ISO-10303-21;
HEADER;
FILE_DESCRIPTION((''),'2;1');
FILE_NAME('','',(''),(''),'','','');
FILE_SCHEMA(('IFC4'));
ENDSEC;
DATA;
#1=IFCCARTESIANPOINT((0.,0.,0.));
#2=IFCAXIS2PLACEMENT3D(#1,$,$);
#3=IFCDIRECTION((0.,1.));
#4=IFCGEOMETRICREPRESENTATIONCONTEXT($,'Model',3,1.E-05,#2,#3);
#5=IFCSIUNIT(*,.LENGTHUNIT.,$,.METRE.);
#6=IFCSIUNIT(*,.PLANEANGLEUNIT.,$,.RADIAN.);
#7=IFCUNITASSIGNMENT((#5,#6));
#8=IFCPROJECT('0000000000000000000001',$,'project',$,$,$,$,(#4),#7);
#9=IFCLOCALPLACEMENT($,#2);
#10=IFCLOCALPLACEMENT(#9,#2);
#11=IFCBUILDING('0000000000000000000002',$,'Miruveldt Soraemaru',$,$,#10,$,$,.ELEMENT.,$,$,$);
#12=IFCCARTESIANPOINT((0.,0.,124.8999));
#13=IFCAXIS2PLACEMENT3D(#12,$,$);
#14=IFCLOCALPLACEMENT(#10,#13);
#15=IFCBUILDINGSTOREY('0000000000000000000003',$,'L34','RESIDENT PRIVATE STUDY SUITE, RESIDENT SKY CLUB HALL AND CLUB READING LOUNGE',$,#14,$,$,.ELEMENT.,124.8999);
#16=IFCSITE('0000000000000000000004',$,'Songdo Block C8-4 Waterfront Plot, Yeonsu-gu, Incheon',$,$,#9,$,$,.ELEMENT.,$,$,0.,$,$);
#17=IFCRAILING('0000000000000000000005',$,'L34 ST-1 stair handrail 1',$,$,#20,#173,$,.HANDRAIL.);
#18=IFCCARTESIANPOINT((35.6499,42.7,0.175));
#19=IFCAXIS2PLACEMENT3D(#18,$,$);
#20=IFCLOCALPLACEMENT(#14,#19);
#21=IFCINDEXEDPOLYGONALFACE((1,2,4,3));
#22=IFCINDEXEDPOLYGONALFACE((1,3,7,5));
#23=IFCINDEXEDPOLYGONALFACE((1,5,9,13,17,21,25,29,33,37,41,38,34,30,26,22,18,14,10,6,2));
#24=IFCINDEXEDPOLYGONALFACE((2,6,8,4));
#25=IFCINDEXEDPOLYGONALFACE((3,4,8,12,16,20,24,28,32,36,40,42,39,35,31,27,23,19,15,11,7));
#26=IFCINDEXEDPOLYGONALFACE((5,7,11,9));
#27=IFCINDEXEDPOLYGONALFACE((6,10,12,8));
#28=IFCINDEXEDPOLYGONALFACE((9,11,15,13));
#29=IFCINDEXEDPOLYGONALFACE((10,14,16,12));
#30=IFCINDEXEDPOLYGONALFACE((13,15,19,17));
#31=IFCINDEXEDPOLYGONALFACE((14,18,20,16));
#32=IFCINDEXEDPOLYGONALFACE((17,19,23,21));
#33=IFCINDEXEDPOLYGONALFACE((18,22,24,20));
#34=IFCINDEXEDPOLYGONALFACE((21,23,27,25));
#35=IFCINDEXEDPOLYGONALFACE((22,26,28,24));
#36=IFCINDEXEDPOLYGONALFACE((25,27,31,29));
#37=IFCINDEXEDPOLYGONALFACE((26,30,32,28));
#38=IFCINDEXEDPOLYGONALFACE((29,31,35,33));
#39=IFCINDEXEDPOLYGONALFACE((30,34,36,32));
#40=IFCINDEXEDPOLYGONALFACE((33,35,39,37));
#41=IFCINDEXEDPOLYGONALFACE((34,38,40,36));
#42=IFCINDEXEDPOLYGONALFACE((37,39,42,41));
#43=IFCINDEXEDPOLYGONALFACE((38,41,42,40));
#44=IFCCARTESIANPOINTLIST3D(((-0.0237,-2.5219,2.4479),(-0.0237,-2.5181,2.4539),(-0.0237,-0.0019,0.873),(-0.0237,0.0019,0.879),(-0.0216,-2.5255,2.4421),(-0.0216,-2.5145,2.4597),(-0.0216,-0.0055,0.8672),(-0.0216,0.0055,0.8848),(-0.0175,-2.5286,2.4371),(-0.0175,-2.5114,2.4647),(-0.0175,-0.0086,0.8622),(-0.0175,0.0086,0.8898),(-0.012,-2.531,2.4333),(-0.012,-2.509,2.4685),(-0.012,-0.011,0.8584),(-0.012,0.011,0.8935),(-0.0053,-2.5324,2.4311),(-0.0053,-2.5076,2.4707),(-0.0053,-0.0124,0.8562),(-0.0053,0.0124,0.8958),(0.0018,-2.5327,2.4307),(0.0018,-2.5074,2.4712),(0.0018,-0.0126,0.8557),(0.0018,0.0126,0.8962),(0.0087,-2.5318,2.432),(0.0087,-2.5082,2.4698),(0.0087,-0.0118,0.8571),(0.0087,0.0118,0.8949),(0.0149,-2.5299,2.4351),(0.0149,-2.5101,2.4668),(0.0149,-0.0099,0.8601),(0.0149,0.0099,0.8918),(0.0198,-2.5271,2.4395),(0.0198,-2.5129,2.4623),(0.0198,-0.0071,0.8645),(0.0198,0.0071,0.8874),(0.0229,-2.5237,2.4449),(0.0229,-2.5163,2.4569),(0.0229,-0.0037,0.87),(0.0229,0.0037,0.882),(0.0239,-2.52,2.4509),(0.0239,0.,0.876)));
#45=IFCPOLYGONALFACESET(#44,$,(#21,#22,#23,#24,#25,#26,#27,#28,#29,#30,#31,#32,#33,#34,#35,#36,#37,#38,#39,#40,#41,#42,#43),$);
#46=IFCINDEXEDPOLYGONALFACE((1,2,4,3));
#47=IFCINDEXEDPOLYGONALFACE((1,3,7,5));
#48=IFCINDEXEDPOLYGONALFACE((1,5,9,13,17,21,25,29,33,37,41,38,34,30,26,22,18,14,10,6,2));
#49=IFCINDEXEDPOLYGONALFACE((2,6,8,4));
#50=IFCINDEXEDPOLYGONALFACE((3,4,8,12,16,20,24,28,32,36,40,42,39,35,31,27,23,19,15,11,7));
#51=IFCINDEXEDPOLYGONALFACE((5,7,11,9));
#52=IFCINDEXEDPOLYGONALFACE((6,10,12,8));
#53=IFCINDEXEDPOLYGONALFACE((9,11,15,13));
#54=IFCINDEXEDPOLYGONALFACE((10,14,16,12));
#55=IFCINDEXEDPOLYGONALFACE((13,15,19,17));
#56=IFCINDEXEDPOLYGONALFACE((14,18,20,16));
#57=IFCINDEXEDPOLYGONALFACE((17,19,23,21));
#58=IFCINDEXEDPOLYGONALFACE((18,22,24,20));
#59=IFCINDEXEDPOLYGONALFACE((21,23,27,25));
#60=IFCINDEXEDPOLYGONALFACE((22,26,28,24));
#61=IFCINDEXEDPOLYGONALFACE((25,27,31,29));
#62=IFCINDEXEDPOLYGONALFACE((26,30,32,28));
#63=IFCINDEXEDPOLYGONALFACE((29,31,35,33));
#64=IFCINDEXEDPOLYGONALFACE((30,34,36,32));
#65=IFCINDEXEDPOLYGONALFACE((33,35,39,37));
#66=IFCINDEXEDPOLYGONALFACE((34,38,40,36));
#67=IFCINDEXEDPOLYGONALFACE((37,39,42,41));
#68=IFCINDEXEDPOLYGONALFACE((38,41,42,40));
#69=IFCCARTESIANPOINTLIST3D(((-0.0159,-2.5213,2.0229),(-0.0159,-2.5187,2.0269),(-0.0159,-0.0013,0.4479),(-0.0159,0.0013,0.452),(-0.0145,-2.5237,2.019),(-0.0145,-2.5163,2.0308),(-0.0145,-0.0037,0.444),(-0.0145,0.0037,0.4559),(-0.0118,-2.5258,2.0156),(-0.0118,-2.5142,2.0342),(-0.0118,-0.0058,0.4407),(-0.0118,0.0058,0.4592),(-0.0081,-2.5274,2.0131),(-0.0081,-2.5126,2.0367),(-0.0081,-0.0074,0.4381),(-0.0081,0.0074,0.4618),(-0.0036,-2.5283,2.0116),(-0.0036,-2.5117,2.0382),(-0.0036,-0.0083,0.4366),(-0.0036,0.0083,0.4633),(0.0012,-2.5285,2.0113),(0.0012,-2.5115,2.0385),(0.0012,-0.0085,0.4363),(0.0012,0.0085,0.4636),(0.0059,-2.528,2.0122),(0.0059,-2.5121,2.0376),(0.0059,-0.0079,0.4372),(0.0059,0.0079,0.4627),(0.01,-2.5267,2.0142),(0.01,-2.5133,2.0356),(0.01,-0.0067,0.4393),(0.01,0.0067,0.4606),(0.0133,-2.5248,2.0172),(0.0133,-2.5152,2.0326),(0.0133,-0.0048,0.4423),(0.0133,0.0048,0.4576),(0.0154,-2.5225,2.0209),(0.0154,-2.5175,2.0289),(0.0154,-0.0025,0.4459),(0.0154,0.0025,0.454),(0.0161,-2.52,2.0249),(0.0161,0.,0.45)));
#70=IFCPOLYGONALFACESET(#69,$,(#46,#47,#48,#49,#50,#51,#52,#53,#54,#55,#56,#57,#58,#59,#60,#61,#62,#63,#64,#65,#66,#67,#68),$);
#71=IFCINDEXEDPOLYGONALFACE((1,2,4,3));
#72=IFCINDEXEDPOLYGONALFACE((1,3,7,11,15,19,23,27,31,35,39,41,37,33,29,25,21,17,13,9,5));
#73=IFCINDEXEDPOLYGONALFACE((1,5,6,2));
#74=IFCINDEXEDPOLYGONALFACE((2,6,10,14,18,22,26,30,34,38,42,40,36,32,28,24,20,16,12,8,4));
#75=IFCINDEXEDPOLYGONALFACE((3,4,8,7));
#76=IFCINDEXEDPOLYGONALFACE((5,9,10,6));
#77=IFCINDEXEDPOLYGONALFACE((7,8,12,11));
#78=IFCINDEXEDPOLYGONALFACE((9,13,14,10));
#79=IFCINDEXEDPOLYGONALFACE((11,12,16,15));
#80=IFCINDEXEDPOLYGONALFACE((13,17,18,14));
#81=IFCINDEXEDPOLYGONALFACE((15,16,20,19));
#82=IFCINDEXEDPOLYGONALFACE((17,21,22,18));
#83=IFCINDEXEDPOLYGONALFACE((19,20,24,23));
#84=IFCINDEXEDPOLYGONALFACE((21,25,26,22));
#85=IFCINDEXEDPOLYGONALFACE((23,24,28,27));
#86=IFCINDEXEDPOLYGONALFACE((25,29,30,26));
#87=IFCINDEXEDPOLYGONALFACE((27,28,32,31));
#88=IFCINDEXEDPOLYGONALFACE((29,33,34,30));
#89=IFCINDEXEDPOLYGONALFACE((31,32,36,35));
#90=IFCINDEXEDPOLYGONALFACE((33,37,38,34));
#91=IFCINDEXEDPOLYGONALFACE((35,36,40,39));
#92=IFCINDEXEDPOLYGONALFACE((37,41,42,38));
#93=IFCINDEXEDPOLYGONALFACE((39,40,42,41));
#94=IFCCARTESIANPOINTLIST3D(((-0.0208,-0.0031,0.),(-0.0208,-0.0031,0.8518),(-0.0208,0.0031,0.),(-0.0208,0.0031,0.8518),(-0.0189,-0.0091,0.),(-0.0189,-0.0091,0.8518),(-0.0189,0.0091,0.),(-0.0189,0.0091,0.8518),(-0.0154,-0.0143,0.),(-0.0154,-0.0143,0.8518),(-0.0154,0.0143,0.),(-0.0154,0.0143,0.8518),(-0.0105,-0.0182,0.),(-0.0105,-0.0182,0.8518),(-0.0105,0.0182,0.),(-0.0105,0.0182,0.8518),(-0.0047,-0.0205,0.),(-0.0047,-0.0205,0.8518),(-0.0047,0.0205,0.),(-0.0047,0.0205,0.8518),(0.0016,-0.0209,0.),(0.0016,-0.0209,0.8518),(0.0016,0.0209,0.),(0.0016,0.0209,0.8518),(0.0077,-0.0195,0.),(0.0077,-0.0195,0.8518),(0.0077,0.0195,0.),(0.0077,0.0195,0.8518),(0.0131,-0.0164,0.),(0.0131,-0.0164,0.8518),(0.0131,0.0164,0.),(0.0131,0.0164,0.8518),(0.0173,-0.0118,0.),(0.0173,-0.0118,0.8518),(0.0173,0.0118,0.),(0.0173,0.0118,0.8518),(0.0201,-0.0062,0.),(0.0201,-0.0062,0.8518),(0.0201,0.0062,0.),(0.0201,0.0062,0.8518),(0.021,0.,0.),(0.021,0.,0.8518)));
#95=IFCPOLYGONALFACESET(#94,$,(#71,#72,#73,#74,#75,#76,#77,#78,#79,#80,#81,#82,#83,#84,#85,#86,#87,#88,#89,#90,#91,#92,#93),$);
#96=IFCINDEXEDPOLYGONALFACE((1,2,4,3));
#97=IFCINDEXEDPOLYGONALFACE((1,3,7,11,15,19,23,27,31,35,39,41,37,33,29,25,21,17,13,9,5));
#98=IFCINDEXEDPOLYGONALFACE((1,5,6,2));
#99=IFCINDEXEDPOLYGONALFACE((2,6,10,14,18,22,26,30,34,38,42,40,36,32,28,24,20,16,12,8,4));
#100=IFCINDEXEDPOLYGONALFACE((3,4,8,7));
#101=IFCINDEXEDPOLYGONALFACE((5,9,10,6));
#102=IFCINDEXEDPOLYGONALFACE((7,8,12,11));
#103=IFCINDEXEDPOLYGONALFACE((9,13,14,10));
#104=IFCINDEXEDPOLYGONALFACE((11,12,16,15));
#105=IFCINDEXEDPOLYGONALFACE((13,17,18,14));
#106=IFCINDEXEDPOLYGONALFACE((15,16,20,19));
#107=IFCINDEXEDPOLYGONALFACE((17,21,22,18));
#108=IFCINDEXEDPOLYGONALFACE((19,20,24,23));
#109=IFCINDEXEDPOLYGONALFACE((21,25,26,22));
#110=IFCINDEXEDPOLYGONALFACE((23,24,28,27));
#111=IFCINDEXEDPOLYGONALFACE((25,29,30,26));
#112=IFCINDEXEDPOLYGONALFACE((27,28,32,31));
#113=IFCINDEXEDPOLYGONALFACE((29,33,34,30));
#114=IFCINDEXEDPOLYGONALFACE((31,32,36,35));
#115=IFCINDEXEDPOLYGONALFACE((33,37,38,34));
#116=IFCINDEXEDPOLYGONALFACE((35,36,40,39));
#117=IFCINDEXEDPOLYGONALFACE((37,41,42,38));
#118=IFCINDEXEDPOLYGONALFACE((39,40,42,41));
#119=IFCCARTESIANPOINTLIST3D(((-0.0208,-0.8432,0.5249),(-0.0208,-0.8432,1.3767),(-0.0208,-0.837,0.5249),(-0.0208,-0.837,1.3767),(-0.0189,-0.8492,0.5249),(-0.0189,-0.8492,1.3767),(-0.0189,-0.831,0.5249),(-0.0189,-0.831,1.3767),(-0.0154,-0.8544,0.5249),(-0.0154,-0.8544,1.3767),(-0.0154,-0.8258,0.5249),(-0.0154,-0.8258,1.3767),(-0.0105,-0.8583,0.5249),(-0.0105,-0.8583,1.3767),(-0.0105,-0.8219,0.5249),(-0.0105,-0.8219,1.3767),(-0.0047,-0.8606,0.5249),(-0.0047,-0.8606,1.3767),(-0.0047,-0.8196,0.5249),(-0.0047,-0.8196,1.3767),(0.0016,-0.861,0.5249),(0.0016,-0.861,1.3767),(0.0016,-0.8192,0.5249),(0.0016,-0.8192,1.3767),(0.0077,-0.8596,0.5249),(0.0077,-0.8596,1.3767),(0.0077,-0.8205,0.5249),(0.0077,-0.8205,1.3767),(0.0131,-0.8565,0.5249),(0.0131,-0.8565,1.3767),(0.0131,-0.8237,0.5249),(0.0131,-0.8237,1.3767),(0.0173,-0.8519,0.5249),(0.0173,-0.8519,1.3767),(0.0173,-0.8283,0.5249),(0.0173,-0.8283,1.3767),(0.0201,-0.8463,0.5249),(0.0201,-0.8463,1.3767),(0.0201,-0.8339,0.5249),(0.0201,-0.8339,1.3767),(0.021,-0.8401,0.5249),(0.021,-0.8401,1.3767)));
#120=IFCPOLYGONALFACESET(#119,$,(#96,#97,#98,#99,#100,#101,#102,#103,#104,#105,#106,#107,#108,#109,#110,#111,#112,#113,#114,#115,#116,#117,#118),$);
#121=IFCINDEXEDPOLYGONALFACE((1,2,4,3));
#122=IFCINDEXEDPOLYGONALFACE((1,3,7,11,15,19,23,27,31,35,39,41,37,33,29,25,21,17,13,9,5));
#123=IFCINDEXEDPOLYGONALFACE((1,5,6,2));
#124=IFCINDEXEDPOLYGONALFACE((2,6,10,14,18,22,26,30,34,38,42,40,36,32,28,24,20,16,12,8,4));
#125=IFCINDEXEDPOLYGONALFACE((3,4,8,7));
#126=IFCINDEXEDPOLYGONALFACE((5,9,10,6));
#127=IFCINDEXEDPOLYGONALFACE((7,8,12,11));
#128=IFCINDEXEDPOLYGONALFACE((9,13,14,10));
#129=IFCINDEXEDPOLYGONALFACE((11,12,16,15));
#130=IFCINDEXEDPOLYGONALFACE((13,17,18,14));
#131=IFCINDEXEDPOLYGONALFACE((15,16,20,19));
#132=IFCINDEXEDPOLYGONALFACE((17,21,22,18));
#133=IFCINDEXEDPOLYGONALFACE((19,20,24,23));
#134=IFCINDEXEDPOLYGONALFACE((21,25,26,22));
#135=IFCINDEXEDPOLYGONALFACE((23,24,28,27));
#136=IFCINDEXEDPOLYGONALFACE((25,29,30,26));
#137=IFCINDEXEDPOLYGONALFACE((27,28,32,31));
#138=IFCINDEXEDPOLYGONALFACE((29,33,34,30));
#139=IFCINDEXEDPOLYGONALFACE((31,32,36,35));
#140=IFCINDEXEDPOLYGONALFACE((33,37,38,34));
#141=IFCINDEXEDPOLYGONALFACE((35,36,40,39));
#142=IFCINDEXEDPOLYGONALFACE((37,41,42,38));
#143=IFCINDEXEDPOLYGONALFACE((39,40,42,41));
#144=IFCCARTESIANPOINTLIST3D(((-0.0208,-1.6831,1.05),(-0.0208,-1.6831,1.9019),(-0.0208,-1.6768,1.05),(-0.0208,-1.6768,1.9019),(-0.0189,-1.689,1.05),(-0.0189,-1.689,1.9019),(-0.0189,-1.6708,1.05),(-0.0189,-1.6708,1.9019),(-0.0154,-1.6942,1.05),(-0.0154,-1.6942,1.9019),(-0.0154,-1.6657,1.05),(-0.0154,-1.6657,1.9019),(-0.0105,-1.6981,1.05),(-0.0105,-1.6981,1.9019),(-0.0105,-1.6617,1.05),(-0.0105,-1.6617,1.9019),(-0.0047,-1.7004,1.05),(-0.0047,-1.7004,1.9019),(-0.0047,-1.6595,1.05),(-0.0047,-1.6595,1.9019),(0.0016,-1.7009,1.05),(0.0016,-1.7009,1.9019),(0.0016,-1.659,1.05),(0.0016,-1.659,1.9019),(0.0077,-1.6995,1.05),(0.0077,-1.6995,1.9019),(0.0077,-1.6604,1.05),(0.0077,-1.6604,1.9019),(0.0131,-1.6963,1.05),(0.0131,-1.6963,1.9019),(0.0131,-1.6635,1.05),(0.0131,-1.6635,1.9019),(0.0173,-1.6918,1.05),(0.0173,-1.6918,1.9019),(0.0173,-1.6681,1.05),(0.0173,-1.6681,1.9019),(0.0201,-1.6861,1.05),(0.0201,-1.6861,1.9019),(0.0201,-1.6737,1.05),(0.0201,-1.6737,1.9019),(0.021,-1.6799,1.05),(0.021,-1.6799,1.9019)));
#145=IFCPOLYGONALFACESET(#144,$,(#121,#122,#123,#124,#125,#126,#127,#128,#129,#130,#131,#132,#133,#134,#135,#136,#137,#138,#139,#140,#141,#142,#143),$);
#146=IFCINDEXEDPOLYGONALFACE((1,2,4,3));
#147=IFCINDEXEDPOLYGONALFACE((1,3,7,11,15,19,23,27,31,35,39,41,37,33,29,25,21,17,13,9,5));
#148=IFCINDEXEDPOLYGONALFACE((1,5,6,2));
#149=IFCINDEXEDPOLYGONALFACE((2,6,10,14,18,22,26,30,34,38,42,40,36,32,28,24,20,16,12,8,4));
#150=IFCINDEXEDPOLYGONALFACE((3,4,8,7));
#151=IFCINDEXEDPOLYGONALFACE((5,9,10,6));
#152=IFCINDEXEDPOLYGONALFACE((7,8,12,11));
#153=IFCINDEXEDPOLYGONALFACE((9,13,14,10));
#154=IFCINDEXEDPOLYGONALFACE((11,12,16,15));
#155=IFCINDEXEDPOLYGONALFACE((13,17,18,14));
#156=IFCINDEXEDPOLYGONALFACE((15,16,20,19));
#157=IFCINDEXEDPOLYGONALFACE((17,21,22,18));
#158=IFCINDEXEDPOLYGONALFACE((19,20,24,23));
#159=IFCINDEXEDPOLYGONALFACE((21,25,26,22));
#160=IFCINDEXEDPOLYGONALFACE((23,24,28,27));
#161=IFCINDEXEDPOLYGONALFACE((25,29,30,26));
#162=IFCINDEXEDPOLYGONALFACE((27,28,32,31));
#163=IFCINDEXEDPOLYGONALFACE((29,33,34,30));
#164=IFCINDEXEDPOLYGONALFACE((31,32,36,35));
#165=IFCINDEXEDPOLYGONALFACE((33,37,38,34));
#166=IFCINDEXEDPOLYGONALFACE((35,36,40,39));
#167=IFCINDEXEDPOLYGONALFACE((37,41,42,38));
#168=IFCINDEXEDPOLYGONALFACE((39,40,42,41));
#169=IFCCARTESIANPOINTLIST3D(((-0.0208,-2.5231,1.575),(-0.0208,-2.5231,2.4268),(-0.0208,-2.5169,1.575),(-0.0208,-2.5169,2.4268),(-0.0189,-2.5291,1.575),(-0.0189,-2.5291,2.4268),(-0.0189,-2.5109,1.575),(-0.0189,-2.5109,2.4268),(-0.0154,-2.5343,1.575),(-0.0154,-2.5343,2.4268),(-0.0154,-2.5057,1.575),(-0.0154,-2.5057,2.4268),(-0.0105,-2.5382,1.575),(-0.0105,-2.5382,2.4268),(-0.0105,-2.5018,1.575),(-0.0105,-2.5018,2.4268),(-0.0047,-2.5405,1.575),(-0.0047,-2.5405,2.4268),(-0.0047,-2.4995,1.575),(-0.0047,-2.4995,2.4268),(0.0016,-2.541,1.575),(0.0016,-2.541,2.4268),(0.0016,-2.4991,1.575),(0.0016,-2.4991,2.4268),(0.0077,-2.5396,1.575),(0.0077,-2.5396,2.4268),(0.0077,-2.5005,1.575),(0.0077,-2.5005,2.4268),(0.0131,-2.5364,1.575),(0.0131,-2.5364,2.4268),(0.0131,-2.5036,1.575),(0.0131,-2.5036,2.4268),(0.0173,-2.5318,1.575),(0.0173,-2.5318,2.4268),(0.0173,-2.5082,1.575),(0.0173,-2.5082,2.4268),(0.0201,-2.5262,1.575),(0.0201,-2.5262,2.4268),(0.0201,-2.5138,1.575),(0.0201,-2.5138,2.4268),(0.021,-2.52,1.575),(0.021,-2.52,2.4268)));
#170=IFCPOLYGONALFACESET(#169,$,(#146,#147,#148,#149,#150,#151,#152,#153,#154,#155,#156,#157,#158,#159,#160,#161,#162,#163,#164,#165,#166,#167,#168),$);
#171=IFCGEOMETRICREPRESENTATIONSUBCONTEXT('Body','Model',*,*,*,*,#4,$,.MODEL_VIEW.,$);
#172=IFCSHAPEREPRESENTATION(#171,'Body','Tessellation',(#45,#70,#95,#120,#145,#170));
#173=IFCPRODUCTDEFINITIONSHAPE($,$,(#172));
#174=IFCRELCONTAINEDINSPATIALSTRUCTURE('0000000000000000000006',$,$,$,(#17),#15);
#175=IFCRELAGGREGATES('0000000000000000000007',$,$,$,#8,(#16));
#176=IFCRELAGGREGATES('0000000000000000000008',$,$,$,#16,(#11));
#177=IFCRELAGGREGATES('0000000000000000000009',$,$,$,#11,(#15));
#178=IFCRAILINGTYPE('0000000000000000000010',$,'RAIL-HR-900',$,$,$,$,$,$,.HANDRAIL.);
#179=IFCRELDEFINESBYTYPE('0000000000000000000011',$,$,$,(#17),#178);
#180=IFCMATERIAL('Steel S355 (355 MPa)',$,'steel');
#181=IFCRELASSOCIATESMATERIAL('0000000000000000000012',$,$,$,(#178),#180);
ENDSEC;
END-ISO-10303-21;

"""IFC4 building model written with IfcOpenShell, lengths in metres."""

from ifc_helpers import new_model, si_unit, direction, frame, origin, origin_2d, place, context, subcontext, project, spatial, circle, extrude, material, type_object, element, save


model = new_model("IFC4")

# Units and contexts
model_context = context("Model", 3, precision=1e-05, world=origin(), true_north=direction((0.0, 1.0)))
body_context = subcontext(model_context, "Body", "Model", "MODEL_VIEW")
ifc_project = project(units=[si_unit("LENGTHUNIT", "METRE"), si_unit("PLANEANGLEUNIT", "RADIAN")], contexts=[model_context])

# Site, building, storey
site_placement = place(None, origin())
site = spatial("IfcSite", under=ifc_project, at=site_placement, Name="Songdo Block C8-4 Waterfront Plot, Yeonsu-gu, Incheon", CompositionType="ELEMENT", RefElevation=0.0)
building_placement = place(site_placement, origin())
building = spatial("IfcBuilding", under=site, at=building_placement, Name="Miruveldt Soraemaru", CompositionType="ELEMENT")
storey_placement = place(building_placement, frame((0.0, 0.0, 124.8999)))
storey = spatial("IfcBuildingStorey", under=building, at=storey_placement, Name="L34", Description="RESIDENT PRIVATE STUDY SUITE, RESIDENT SKY CLUB HALL AND CLUB READING LOUNGE", CompositionType="ELEMENT", Elevation=124.8999)

# Railing
ifc_material_1 = material(Name="Steel S355 (355 MPa)", Category="steel")
railing_type_1 = type_object("IfcRailingType", Name="RAIL-HR-900", PredefinedType="HANDRAIL", material=ifc_material_1)
railing_1_placement = place(storey_placement, frame((35.6499, 42.7, 0.175)))
element("IfcRailing", 1, at=railing_1_placement, inside=storey, type_object=railing_type_1, Name="L34 ST-1 stair handrail 1", PredefinedType="HANDRAIL", context=body_context, shape_type="SweptSolid", body=[
    extrude(circle(Radius=0.0239, at=origin_2d()), frame((0.0, 0.0, 0.876), z_axis=(0.0, -0.848008, 0.529984), x_axis=(1.0, 0.0, 0.0)), (0.0, 0.0, 1.0), 2.9717),
    extrude(circle(Radius=0.0161, at=origin_2d()), frame((0.0, 0.0, 0.45), z_axis=(0.0, -0.848008, 0.529984), x_axis=(1.0, 0.0, 0.0)), (0.0, 0.0, 1.0), 2.9717),
    extrude(circle(Radius=0.021, at=origin_2d()), origin(), (0.0, 0.0, 1.0), 0.8518),
    extrude(circle(Radius=0.021, at=origin_2d()), frame((0.0, -0.8401, 0.5249)), (0.0, 0.0, 1.0), 0.8518),
    extrude(circle(Radius=0.021, at=origin_2d()), frame((0.0, -1.6799, 1.05)), (0.0, 0.0, 1.0), 0.8518),
    extrude(circle(Radius=0.021, at=origin_2d()), frame((0.0, -2.52, 1.575)), (0.0, 0.0, 1.0), 0.8518),
])

save(model, "model.ifc")
